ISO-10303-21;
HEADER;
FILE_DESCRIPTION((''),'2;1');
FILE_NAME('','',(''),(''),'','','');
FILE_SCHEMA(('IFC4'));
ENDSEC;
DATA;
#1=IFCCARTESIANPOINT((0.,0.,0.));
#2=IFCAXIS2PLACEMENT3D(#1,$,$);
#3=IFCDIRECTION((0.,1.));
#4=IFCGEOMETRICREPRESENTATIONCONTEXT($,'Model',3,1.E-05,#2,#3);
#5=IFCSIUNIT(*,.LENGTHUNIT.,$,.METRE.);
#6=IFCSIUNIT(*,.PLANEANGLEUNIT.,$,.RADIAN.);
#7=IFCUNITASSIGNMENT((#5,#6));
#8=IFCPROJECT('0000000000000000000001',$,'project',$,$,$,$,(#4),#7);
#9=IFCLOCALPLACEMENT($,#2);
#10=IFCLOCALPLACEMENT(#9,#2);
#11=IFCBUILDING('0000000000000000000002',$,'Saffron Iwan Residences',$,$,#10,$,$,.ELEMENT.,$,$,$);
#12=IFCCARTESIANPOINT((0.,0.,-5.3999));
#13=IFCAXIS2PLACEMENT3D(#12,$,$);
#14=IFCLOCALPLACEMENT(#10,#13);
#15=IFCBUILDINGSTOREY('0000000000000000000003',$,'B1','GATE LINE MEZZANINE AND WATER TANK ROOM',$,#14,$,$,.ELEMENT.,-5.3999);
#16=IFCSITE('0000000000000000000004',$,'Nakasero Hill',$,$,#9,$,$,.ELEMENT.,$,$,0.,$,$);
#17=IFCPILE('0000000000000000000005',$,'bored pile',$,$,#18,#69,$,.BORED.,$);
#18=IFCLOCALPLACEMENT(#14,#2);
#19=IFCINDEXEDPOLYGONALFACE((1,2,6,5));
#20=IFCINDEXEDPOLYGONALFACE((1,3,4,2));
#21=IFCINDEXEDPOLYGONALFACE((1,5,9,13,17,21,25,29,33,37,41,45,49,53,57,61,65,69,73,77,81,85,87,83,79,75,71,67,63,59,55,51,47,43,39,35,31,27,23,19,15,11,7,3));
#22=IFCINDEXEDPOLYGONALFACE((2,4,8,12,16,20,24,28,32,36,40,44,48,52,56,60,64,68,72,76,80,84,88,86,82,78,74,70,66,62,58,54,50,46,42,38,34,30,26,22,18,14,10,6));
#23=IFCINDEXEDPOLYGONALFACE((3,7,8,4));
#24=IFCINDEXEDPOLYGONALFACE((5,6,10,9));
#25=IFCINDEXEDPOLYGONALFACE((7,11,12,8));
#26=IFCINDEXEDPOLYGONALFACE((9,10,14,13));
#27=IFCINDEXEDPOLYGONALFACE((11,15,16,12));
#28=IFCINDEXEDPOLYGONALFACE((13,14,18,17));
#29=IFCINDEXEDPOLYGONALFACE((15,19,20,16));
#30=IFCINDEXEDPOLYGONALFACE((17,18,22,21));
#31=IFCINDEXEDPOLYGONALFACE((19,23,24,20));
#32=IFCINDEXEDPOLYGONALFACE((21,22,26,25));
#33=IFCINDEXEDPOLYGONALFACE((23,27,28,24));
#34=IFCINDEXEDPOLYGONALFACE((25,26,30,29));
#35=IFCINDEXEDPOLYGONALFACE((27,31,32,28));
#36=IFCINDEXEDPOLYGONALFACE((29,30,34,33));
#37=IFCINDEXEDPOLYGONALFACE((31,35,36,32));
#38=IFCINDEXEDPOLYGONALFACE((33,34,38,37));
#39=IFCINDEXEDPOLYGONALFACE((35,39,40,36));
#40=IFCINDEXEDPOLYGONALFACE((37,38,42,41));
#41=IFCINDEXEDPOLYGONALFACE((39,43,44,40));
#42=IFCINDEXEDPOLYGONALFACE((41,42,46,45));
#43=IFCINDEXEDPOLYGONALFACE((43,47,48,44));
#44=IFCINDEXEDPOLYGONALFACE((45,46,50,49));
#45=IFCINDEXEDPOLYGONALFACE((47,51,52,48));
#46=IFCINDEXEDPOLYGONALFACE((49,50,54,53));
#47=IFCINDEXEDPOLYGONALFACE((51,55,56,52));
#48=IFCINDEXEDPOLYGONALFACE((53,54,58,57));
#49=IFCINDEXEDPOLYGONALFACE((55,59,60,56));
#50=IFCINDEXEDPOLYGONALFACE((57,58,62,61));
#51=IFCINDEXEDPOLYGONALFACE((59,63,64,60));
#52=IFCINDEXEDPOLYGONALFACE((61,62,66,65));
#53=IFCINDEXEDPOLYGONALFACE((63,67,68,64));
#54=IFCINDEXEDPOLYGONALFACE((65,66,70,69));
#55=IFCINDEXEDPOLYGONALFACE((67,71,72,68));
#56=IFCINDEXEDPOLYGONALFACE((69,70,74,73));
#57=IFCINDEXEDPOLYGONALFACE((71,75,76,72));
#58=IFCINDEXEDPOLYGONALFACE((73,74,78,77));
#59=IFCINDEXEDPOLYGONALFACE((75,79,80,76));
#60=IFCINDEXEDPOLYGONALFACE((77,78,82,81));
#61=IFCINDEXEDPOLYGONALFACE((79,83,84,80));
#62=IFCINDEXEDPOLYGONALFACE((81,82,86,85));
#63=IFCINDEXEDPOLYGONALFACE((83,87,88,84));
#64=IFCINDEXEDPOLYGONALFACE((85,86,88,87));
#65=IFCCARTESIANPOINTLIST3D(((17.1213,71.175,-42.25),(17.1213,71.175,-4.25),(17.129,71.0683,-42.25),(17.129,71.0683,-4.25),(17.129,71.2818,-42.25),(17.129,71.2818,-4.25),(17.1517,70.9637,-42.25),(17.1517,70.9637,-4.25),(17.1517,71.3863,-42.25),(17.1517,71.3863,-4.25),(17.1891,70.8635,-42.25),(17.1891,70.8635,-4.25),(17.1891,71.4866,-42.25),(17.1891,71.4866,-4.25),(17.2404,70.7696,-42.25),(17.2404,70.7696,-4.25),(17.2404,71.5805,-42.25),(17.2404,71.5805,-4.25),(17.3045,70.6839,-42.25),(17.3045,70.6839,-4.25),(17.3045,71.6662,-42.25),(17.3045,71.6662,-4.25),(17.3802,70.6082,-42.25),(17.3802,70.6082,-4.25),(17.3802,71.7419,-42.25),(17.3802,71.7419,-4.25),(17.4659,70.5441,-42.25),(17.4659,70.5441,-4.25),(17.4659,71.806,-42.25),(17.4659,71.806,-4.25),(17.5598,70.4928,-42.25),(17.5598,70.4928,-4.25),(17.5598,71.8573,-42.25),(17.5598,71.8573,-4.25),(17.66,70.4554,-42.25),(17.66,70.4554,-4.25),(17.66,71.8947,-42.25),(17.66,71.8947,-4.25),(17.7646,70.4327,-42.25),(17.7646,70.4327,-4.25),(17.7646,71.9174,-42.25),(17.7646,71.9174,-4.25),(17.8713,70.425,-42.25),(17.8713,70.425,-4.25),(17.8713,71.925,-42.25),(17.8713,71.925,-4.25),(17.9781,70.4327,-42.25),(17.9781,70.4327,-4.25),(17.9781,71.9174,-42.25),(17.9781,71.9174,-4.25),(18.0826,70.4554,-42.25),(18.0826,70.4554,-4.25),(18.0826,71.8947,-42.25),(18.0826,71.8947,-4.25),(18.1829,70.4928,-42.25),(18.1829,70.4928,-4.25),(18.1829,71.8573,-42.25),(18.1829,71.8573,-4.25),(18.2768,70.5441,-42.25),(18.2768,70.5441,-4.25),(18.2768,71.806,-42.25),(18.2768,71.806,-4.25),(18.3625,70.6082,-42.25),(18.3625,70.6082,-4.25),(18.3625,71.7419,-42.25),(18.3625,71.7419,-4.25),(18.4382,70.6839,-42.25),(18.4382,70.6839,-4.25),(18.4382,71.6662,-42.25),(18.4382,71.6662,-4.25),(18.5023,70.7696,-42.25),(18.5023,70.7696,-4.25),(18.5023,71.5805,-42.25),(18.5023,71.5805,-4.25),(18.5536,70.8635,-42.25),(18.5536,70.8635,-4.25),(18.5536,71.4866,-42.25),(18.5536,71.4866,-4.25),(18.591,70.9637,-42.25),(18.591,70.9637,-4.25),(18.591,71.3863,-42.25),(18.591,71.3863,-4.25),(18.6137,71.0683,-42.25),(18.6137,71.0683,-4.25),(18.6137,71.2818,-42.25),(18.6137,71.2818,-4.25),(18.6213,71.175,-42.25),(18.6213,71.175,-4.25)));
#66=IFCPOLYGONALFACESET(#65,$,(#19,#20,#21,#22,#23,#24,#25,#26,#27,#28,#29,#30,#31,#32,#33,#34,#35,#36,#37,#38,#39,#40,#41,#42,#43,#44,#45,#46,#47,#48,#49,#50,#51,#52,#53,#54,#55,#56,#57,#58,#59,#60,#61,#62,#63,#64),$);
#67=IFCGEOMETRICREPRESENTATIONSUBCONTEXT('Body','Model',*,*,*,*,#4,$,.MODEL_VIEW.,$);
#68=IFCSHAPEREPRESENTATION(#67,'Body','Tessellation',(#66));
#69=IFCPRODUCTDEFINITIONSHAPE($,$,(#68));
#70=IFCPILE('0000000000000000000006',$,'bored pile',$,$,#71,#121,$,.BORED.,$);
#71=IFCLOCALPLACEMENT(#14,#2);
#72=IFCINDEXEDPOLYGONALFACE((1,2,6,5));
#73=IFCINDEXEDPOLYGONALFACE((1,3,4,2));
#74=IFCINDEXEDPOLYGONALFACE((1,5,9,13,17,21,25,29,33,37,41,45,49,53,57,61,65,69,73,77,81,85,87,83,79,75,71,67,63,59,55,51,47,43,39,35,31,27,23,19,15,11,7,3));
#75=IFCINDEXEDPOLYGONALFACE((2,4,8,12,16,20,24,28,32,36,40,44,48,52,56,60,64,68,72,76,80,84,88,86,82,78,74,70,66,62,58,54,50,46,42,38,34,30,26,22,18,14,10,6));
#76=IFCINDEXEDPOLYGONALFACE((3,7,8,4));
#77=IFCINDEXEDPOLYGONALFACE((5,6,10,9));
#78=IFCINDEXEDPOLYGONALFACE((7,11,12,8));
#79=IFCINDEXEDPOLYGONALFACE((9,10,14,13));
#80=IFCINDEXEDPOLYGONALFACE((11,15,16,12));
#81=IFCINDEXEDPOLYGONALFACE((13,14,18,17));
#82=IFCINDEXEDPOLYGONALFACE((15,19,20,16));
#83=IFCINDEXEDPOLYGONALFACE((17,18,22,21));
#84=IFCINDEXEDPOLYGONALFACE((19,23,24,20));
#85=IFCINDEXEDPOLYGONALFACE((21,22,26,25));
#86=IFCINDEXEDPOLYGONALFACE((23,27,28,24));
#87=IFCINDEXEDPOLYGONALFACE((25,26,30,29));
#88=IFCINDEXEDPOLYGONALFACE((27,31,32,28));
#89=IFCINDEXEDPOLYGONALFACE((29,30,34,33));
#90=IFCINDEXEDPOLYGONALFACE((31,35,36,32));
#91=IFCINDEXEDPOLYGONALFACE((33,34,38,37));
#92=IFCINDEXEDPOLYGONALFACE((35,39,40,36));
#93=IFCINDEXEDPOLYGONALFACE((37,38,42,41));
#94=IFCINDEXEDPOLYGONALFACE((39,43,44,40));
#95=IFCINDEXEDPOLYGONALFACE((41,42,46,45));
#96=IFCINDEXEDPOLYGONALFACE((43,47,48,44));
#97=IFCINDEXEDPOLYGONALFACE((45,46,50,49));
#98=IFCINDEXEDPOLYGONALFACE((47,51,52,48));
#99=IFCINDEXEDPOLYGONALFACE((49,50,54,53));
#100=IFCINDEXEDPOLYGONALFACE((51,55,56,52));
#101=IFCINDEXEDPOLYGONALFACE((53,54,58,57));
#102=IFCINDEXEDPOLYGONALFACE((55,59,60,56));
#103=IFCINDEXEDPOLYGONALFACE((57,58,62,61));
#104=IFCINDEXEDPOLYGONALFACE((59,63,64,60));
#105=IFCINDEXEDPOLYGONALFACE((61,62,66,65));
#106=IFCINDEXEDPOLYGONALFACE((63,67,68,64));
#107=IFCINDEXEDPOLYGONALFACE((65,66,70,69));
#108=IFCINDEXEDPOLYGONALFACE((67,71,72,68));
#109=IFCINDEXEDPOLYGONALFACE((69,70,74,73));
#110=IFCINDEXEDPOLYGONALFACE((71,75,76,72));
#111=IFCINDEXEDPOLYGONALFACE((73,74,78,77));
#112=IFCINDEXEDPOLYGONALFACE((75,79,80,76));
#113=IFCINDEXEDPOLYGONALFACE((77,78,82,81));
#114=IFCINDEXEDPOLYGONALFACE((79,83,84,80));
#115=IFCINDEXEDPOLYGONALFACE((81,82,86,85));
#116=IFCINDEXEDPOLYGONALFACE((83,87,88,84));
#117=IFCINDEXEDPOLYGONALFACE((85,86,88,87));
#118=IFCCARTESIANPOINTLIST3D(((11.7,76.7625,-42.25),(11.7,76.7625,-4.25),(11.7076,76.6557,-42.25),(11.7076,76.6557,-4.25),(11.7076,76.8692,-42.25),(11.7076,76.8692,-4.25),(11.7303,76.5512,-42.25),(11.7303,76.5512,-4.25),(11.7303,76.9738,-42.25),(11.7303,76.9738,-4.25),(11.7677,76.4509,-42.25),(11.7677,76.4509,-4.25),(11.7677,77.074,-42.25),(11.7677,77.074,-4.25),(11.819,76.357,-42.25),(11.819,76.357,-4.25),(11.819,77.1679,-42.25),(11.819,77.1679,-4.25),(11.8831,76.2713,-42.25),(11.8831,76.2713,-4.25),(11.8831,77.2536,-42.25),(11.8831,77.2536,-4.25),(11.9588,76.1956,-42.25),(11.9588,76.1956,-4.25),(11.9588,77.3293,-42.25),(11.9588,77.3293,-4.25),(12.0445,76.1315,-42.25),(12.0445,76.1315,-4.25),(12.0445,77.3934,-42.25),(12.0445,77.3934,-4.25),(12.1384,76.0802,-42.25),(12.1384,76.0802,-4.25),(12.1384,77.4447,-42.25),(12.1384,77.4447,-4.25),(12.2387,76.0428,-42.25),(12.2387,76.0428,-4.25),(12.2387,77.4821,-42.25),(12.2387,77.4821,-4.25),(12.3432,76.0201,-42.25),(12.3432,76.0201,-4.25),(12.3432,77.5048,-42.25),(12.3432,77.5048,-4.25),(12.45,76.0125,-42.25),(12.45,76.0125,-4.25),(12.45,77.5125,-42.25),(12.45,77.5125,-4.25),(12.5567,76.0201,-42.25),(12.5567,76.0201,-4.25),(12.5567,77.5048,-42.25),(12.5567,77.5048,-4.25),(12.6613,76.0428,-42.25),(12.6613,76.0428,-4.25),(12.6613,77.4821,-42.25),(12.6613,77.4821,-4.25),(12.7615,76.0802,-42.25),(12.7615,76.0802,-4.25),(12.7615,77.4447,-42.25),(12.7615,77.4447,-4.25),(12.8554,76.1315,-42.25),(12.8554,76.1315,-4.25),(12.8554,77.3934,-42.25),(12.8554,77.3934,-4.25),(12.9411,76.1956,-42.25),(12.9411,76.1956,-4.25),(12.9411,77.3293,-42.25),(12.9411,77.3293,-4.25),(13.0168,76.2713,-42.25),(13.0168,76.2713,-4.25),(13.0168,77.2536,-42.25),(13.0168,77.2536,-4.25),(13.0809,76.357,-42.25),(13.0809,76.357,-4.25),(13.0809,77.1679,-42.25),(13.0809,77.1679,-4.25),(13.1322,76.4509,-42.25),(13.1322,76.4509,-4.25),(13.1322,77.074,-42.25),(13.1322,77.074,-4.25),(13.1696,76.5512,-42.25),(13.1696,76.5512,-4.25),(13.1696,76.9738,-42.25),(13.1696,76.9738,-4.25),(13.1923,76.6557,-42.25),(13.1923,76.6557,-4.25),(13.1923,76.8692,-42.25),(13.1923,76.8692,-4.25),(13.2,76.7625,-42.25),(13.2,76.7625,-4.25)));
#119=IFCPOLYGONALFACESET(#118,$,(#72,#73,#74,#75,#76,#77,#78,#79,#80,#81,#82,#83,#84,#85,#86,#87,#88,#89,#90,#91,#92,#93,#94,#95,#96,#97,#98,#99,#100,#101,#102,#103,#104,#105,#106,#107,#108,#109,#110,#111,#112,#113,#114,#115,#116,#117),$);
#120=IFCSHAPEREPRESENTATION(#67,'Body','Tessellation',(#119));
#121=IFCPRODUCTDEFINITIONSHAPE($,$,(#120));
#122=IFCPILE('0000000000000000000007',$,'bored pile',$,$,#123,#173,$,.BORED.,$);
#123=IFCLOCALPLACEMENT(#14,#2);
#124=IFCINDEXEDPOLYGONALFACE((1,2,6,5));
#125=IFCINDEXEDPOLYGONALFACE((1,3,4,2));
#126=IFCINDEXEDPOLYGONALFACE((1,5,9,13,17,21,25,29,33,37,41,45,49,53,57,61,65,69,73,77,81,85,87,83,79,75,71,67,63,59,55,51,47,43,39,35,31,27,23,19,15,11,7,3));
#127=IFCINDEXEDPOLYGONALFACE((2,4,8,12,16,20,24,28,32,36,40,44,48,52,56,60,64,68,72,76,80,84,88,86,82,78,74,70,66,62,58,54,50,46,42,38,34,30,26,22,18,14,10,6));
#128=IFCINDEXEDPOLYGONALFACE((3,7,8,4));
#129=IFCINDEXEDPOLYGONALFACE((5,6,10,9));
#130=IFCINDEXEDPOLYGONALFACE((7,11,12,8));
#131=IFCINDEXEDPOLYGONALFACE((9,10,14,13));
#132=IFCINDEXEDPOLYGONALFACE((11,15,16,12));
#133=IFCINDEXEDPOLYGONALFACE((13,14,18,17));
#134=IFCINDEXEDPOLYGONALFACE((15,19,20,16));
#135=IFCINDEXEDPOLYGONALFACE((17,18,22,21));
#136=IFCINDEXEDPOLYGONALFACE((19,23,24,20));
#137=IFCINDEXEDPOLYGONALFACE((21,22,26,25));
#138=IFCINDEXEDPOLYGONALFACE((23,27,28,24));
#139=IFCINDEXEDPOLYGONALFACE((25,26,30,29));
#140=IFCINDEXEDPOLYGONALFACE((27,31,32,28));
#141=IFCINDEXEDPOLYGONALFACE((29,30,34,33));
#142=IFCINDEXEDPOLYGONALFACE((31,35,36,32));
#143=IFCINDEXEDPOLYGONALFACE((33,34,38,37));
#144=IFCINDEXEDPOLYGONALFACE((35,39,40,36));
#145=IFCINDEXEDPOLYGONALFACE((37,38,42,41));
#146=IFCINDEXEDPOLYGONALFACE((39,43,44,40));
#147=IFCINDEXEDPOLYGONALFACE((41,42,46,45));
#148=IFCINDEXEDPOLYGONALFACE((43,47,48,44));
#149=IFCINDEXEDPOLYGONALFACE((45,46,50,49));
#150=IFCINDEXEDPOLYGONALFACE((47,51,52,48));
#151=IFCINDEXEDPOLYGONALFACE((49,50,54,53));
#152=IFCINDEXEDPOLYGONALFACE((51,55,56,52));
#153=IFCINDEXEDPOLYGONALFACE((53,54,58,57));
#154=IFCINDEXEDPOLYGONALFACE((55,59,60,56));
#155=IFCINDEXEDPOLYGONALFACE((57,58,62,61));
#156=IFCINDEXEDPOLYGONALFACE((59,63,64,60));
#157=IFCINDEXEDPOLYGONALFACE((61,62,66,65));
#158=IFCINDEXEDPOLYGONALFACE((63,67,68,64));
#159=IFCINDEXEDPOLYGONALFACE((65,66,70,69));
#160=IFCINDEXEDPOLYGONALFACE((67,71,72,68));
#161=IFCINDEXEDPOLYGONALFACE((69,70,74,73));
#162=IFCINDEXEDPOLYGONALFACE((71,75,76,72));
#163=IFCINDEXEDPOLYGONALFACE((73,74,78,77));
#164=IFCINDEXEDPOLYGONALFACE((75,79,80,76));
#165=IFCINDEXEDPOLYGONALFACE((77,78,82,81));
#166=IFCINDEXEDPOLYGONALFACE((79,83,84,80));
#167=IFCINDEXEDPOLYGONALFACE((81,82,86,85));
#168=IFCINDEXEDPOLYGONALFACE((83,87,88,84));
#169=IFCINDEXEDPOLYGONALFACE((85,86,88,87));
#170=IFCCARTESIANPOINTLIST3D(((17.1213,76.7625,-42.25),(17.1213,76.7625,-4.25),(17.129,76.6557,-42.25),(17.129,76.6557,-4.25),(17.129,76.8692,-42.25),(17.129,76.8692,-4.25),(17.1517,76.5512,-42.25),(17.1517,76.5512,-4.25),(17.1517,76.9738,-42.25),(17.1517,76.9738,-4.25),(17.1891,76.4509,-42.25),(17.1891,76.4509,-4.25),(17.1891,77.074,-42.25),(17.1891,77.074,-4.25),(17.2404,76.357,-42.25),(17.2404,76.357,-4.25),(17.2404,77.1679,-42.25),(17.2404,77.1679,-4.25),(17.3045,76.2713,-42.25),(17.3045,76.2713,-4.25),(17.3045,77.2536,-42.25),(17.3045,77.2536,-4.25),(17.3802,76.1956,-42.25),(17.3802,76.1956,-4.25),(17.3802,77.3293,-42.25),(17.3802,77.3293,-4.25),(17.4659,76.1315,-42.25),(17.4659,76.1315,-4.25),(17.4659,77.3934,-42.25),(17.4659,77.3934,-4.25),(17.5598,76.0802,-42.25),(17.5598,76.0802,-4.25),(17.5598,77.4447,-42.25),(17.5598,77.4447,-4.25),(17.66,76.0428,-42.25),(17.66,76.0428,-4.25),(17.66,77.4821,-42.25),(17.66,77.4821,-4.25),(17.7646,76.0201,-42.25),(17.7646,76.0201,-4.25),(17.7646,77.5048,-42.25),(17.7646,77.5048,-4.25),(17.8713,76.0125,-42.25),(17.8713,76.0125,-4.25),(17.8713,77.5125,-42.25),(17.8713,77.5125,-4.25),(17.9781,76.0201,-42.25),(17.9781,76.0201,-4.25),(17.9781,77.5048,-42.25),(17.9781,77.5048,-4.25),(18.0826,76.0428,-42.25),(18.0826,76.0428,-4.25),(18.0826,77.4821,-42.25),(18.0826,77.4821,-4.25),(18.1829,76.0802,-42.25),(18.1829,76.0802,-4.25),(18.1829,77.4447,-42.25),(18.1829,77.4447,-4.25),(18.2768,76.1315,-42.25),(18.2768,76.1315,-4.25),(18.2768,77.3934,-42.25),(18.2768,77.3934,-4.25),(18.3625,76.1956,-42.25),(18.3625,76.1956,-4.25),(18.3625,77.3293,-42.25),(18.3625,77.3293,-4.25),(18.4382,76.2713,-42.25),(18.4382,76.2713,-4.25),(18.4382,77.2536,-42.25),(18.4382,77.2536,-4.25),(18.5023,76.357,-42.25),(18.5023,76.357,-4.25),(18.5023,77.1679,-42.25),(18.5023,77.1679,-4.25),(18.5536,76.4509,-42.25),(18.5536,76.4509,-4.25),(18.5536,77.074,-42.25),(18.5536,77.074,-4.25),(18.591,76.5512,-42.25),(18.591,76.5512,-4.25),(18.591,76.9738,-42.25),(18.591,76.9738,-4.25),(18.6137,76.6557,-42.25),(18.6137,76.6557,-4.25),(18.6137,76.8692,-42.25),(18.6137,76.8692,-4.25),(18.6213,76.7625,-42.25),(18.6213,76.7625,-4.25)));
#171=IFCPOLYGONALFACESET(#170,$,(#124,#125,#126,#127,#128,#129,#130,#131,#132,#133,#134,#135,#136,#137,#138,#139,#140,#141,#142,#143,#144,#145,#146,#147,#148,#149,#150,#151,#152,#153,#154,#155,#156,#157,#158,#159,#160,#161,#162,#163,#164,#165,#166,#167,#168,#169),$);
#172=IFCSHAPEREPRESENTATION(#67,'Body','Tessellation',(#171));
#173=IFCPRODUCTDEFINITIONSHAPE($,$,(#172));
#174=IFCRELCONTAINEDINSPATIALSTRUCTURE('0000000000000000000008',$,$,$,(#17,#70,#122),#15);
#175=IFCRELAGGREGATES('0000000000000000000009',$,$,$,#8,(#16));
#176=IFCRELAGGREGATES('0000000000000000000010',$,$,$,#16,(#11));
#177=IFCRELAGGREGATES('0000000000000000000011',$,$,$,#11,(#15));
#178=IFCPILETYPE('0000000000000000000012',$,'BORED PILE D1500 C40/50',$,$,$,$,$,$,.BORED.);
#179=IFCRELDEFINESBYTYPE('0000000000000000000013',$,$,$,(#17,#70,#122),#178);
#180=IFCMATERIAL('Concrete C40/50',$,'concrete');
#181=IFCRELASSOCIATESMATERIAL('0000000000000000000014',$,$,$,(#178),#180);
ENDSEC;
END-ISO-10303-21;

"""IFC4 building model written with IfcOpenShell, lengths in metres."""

from ifc_helpers import new_model, si_unit, direction, frame, origin, origin_2d, place, context, subcontext, project, spatial, circle, extrude, material, material_profile, profile_set, type_object, element, save


model = new_model("IFC4")

# Units and contexts
model_context = context("Model", 3, precision=1e-05, world=origin(), true_north=direction((0.0, 1.0)))
body_context = subcontext(model_context, "Body", "Model", "MODEL_VIEW")
ifc_project = project(units=[si_unit("LENGTHUNIT", "METRE"), si_unit("PLANEANGLEUNIT", "RADIAN")], contexts=[model_context])

# Site, building, storey
site_placement = place(None, origin())
site = spatial("IfcSite", under=ifc_project, at=site_placement, Name="Nakasero Hill", CompositionType="ELEMENT", RefElevation=0.0)
building_placement = place(site_placement, origin())
building = spatial("IfcBuilding", under=site, at=building_placement, Name="Saffron Iwan Residences", CompositionType="ELEMENT")
storey_placement = place(building_placement, frame((0.0, 0.0, -5.3999)))
storey = spatial("IfcBuildingStorey", under=building, at=storey_placement, Name="B1", Description="GATE LINE MEZZANINE AND WATER TANK ROOM", CompositionType="ELEMENT", Elevation=-5.3999)

# Piles
ifc_material_1 = material(Name="Concrete C40/50", Category="concrete")
ifc_material_profile_1 = material_profile(ifc_material_1, circle(Radius=0.75, at=origin_2d()), Name="RC D1500")
ifc_profile_set_1 = profile_set([ifc_material_profile_1], Name="Concrete C40/50")
pile_type = type_object("IfcPileType", Name="BORED PILE D1500 C40/50", PredefinedType="BORED", material=ifc_profile_set_1)
for number, where, z_axis, x_axis, name in (
    (1, (17.8713, 71.175, -4.25), (0.0, 0.0, -1.0), (1.0, 0.0, 0.0), "bored pile"),
    (2, (12.45, 76.7625, -4.25), (0.0, 0.0, -1.0), (1.0, 0.0, 0.0), "bored pile"),
    (3, (17.8713, 76.7625, -4.25), (0.0, 0.0, -1.0), (1.0, 0.0, 0.0), "bored pile"),
):
    element("IfcPile", number, at=place(storey_placement, frame(where, z_axis=z_axis, x_axis=x_axis)), inside=storey, type_object=pile_type, Name=name, PredefinedType="BORED", context=body_context, shape_type="SweptSolid", body=[
        extrude(circle(Radius=0.75, at=origin_2d()), origin(), (0.0, 0.0, 1.0), 38.0),
    ])

save(model, "model.ifc")
